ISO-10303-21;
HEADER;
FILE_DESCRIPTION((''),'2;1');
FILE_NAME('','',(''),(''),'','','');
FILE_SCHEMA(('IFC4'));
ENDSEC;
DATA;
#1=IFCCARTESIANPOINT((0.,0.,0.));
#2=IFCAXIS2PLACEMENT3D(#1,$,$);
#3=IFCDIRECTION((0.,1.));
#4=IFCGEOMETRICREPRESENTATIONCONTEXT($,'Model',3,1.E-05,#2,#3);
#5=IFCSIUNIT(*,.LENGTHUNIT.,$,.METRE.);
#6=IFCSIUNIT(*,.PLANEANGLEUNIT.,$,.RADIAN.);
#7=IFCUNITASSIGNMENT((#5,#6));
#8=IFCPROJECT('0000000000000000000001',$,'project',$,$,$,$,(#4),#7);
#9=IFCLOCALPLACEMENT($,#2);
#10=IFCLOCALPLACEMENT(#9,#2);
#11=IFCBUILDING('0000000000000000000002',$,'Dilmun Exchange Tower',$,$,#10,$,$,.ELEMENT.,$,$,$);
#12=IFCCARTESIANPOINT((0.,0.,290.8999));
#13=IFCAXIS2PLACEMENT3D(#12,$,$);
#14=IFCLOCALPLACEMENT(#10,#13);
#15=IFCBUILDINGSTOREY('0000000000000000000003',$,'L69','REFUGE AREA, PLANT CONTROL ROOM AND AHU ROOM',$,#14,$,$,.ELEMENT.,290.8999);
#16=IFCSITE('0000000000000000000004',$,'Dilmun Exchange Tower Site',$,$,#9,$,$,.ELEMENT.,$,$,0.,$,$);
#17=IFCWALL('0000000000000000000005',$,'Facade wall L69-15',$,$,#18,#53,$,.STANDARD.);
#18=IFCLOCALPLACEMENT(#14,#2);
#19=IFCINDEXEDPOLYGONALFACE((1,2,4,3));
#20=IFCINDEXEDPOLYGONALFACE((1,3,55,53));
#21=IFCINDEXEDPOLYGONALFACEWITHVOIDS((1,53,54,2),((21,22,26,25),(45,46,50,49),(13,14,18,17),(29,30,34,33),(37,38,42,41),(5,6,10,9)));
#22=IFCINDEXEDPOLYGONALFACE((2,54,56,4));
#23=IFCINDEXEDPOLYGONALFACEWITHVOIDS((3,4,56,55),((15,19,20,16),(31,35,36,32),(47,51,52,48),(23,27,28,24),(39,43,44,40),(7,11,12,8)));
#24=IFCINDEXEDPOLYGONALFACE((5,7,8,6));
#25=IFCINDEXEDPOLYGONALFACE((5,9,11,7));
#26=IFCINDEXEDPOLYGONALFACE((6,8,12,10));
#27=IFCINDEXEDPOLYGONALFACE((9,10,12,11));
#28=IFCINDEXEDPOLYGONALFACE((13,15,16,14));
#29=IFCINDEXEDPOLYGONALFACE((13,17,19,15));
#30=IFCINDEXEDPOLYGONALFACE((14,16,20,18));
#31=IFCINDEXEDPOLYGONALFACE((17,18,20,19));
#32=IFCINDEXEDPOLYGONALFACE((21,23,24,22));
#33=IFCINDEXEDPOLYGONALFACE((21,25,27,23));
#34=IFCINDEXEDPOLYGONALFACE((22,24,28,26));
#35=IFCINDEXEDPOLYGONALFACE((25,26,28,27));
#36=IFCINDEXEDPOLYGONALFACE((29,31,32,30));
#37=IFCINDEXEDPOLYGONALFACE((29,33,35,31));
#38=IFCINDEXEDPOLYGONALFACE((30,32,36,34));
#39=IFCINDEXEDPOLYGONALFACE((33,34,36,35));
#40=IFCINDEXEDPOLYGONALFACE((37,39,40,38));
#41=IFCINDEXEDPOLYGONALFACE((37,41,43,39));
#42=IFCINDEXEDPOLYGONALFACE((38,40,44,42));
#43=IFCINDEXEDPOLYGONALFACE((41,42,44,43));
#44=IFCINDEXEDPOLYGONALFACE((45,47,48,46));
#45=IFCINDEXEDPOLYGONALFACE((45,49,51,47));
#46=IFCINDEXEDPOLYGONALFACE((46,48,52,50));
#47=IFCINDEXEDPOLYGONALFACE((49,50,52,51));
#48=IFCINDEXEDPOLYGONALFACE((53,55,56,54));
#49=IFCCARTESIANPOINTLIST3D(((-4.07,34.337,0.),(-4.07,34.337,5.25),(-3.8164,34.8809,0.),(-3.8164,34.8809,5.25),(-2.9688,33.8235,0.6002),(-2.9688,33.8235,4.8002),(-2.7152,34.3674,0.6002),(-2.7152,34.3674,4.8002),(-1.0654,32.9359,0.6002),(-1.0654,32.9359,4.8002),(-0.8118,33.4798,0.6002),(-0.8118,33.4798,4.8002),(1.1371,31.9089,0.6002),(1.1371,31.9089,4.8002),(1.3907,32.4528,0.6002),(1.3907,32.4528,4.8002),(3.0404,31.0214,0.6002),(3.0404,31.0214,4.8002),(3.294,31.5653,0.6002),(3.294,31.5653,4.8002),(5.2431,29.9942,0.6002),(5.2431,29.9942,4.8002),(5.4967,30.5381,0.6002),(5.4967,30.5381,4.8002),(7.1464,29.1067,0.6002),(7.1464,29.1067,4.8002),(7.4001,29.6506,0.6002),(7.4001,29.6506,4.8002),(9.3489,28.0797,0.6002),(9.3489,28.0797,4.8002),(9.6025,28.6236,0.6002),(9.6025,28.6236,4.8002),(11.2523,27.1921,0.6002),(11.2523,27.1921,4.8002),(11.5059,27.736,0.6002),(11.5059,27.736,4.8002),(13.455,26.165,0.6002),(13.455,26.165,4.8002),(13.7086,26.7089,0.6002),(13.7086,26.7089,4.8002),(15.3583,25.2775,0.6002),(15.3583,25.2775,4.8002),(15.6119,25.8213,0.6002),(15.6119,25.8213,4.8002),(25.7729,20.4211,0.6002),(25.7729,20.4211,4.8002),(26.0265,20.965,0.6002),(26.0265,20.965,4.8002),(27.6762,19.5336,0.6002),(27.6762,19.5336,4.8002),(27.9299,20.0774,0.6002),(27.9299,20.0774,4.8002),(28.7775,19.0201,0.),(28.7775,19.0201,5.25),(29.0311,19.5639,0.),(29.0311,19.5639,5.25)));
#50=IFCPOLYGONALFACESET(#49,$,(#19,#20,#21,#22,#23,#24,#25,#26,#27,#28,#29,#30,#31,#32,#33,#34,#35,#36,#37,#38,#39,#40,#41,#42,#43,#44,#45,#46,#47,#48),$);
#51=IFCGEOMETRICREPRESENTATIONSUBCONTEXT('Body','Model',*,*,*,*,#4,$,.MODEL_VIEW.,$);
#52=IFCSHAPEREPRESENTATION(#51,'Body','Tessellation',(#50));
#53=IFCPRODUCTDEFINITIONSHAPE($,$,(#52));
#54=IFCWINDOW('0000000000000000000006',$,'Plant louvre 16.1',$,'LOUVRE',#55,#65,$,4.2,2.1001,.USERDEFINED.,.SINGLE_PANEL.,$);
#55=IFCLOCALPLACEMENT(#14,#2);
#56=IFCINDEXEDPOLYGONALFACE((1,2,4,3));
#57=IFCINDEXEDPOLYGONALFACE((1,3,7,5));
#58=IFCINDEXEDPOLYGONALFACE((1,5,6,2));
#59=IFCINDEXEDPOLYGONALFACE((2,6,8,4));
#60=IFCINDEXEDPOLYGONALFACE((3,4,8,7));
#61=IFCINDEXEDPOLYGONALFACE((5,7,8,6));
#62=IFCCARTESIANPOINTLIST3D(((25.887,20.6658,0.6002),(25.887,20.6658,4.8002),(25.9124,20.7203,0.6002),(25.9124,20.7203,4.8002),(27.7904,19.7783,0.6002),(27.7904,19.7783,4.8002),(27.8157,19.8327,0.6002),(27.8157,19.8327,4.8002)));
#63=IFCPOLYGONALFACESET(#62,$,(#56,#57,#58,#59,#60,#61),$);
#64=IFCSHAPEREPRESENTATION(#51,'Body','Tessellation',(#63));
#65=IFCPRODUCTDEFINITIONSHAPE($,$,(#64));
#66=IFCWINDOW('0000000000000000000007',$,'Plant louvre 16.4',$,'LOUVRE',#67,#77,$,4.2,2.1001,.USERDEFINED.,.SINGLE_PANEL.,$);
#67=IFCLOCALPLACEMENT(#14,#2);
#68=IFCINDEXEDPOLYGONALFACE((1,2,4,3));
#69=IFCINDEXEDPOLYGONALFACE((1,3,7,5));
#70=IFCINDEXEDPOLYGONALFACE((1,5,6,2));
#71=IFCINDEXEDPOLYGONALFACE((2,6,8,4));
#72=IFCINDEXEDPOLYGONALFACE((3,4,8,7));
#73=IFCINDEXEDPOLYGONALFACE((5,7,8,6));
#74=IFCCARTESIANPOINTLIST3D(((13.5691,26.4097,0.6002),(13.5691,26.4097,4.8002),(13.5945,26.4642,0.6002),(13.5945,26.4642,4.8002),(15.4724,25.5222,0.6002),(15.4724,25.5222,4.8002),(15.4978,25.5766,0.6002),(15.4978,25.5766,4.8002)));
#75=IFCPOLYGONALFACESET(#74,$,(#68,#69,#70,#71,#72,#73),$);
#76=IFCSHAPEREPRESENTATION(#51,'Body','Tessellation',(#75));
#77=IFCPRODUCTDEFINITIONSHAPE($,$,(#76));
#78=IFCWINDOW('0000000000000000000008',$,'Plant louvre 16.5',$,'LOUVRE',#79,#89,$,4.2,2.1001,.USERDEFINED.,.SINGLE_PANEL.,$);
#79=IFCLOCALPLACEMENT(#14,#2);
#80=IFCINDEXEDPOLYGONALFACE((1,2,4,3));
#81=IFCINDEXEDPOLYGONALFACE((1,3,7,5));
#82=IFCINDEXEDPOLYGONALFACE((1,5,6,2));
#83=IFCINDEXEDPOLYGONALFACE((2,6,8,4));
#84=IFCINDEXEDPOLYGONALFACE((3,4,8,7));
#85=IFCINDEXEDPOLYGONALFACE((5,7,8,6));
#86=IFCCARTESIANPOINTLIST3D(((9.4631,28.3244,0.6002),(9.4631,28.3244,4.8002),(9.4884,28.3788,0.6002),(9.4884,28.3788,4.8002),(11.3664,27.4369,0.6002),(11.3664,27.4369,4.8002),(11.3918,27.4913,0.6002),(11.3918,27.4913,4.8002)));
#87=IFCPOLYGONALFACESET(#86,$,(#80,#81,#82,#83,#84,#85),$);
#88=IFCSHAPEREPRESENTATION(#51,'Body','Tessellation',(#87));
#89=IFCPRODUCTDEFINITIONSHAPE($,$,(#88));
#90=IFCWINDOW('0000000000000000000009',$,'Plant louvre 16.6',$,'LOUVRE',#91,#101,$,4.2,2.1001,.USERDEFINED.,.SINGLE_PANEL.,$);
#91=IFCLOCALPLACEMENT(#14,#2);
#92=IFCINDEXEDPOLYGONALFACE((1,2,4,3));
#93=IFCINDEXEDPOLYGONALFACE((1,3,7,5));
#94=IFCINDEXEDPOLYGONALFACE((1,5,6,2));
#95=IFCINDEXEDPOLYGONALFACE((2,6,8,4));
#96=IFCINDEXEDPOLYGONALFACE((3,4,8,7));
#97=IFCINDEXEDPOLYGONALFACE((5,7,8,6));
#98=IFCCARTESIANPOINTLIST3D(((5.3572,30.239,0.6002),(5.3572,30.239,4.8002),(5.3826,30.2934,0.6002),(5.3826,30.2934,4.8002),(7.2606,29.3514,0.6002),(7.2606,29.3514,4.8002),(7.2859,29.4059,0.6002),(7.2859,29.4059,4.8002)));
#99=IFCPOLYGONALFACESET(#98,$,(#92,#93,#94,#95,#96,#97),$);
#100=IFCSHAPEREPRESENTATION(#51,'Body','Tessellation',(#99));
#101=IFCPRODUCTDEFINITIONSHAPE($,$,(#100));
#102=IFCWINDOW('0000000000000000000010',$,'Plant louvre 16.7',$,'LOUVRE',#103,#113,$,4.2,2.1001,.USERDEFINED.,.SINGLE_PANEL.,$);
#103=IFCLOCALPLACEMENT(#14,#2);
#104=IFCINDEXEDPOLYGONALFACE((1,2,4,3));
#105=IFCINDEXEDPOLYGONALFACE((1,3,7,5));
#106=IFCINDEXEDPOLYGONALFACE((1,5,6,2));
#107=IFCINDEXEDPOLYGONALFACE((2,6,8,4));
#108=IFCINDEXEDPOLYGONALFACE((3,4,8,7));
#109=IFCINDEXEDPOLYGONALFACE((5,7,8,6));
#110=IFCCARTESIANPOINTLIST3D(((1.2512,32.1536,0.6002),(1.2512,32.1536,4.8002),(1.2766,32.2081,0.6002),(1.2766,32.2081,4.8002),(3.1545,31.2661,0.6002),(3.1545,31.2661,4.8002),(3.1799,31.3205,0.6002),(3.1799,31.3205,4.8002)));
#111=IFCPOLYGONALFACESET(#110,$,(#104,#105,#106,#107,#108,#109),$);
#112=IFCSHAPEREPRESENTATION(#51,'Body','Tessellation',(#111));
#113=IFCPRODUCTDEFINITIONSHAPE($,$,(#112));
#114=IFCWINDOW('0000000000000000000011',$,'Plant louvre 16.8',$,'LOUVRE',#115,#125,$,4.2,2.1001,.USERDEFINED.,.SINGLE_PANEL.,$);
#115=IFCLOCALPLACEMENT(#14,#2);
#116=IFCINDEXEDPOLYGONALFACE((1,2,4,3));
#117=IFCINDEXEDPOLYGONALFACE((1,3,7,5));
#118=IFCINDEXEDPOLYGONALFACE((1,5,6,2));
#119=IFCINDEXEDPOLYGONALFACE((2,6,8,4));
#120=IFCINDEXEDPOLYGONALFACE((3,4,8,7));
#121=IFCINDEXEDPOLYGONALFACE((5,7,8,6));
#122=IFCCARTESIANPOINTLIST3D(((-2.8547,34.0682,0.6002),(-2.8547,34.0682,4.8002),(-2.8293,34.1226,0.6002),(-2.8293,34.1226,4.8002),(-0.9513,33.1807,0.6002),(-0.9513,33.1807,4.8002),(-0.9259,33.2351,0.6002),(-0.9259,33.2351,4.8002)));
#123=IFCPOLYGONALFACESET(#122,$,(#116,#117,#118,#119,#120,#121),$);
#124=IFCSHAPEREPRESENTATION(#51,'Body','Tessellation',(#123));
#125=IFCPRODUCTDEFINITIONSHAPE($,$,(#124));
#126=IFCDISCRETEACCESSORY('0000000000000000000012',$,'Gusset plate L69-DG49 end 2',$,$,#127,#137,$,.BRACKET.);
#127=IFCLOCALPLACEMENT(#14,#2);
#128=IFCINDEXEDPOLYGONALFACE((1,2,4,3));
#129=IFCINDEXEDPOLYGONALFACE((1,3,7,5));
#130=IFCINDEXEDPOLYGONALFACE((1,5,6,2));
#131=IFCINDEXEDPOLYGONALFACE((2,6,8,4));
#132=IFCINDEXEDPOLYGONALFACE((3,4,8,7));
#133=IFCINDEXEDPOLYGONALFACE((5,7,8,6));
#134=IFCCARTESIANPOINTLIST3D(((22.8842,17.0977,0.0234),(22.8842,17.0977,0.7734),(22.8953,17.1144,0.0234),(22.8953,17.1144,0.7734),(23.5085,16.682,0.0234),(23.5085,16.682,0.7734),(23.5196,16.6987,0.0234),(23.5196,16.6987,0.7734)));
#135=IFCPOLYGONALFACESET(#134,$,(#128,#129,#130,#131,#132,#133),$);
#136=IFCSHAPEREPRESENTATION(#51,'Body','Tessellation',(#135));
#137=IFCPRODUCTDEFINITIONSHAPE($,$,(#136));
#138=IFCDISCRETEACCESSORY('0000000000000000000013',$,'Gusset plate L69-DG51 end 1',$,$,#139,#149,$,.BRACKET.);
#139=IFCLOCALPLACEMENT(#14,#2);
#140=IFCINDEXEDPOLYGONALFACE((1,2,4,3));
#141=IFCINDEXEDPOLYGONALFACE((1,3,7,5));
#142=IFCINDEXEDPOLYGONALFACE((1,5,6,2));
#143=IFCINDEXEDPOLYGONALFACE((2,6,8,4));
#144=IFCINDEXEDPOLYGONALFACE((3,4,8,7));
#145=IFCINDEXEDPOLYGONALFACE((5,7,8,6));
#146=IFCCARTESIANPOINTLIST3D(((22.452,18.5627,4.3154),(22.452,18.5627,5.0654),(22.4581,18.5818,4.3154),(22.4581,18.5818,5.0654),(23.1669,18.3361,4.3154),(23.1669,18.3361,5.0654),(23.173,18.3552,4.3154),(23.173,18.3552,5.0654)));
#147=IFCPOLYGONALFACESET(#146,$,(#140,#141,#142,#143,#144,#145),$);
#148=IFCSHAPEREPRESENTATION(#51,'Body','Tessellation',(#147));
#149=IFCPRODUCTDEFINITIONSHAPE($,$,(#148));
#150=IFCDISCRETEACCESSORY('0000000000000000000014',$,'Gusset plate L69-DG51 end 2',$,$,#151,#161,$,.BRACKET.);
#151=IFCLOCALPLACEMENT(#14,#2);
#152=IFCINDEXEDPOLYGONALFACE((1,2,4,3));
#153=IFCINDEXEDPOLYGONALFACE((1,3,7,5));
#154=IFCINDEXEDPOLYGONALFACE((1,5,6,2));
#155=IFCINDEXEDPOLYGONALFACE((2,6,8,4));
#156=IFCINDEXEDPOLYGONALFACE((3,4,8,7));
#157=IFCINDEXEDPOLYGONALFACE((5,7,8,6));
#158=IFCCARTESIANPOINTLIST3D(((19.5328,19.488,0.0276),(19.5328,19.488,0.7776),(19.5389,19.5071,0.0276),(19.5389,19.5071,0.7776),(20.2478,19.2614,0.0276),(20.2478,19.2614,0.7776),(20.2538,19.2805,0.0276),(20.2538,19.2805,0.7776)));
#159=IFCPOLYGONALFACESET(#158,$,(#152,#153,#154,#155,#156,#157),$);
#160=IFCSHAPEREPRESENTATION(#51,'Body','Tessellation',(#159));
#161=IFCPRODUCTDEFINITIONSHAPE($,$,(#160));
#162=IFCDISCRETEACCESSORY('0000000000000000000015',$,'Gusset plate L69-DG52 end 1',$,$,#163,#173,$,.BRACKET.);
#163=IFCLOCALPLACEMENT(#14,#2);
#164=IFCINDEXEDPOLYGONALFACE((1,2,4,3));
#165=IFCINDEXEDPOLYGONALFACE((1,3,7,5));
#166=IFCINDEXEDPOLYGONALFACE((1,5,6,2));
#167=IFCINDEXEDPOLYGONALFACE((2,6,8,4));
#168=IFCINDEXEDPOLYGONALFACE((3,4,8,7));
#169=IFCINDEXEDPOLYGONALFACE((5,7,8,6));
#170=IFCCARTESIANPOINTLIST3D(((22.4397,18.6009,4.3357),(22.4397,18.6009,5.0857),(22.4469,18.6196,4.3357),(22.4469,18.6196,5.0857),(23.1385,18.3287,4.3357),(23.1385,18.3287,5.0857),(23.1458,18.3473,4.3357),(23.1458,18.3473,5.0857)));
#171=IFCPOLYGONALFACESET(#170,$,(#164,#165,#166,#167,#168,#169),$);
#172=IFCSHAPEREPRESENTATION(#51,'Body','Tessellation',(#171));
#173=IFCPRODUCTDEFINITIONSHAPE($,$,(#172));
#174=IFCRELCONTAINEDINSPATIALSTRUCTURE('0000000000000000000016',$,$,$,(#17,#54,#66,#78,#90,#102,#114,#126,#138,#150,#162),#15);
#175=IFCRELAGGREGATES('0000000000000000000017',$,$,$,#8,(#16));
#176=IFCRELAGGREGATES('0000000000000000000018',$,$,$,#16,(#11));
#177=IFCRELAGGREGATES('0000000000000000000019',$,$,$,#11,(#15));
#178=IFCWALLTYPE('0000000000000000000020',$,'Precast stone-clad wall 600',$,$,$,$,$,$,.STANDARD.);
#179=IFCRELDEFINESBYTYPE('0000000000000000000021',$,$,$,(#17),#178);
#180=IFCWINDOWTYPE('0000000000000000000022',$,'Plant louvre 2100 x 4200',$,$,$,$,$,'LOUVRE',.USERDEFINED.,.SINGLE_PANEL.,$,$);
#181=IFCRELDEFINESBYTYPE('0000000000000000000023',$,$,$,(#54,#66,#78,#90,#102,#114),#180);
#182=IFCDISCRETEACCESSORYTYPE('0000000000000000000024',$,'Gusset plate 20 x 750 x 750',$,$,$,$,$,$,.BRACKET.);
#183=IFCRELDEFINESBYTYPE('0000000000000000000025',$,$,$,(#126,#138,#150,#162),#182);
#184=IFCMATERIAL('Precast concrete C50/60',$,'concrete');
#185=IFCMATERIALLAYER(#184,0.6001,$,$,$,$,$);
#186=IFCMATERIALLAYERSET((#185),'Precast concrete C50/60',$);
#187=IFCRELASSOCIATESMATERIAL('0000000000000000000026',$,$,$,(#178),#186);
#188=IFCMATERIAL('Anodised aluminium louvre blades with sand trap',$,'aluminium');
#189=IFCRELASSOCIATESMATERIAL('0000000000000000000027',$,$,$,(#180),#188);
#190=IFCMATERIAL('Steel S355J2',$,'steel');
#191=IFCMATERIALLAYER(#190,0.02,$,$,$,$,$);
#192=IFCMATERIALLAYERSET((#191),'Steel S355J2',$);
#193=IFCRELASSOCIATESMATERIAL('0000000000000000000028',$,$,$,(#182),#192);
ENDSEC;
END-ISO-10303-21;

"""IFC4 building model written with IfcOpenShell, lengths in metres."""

from ifc_helpers import new_model, si_unit, direction, frame, frame_2d, origin, origin_2d, place, context, subcontext, project, spatial, rectangle, extrude, material, layer, layer_set, type_object, element, fill, save


model = new_model("IFC4")

# Units and contexts
model_context = context("Model", 3, precision=1e-05, world=origin(), true_north=direction((0.0, 1.0)))
body_context = subcontext(model_context, "Body", "Model", "MODEL_VIEW")
ifc_project = project(units=[si_unit("LENGTHUNIT", "METRE"), si_unit("PLANEANGLEUNIT", "RADIAN")], contexts=[model_context])

# Site, building, storey
site_placement = place(None, origin())
site = spatial("IfcSite", under=ifc_project, at=site_placement, Name="Dilmun Exchange Tower Site", CompositionType="ELEMENT", RefElevation=0.0)
building_placement = place(site_placement, origin())
building = spatial("IfcBuilding", under=site, at=building_placement, Name="Dilmun Exchange Tower", CompositionType="ELEMENT")
storey_placement = place(building_placement, frame((0.0, 0.0, 290.8999)))
storey = spatial("IfcBuildingStorey", under=building, at=storey_placement, Name="L69", Description="REFUGE AREA, PLANT CONTROL ROOM AND AHU ROOM", CompositionType="ELEMENT", Elevation=290.8999)

# Shared definitions
ifc_material_1 = material(Name="Precast concrete C50/60", Category="concrete")
ifc_layer_1 = layer(ifc_material_1, 0.6001)
ifc_layer_set_1 = layer_set([ifc_layer_1], Name="Precast concrete C50/60")
wall_type = type_object("IfcWallType", Name="Precast stone-clad wall 600", PredefinedType="STANDARD", material=ifc_layer_set_1)
ifc_material_2 = material(Name="Anodised aluminium louvre blades with sand trap", Category="aluminium")

# Wall, openings, windows
wall_1_placement = place(storey_placement, frame((28.9043, 19.292, 0.0), z_axis=(0.0, 0.0, 1.0), x_axis=(-0.906309, 0.422616, 0.0)))
wall_1 = element("IfcWall", 1, at=wall_1_placement, inside=storey, type_object=wall_type, Name="Facade wall L69-15", PredefinedType="STANDARD", context=body_context, shape_type="SweptSolid", body=[
    extrude(rectangle(XDim=36.2432, YDim=0.6001, at=frame_2d((18.1216, 0.0))), origin(), (0.0, 0.0, 1.0), 5.25),
])
opening_1_placement = place(wall_1_placement, frame((1.2151, 0.0, 0.6001)))
opening_1 = element("IfcOpeningElement", 2, at=opening_1_placement, cuts=wall_1, PredefinedType="OPENING", context=body_context, shape_type="SweptSolid", body=[
    extrude(rectangle(XDim=2.1001, YDim=4.2, at=frame_2d((1.05, 2.1001))), frame((0.0, 0.3101, 0.0), z_axis=(0.0, -1.0, 0.0), x_axis=(1.0, 0.0, 0.0)), (0.0, 0.0, 1.0), 0.6201),
])
opening_2_placement = place(wall_1_placement, frame((14.8064, 0.0, 0.6001)))
opening_2 = element("IfcOpeningElement", 3, at=opening_2_placement, cuts=wall_1, PredefinedType="OPENING", context=body_context, shape_type="SweptSolid", body=[
    extrude(rectangle(XDim=2.1001, YDim=4.2, at=frame_2d((1.05, 2.1001))), frame((0.0, 0.3101, 0.0), z_axis=(0.0, -1.0, 0.0), x_axis=(1.0, 0.0, 0.0)), (0.0, 0.0, 1.0), 0.6201),
])
opening_3_placement = place(wall_1_placement, frame((19.3369, 0.0, 0.6001)))
opening_3 = element("IfcOpeningElement", 4, at=opening_3_placement, cuts=wall_1, PredefinedType="OPENING", context=body_context, shape_type="SweptSolid", body=[
    extrude(rectangle(XDim=2.1001, YDim=4.2, at=frame_2d((1.05, 2.1001))), frame((0.0, 0.3101, 0.0), z_axis=(0.0, -1.0, 0.0), x_axis=(1.0, 0.0, 0.0)), (0.0, 0.0, 1.0), 0.6201),
])
opening_4_placement = place(wall_1_placement, frame((23.8672, 0.0, 0.6001)))
opening_4 = element("IfcOpeningElement", 5, at=opening_4_placement, cuts=wall_1, PredefinedType="OPENING", context=body_context, shape_type="SweptSolid", body=[
    extrude(rectangle(XDim=2.1001, YDim=4.2, at=frame_2d((1.05, 2.1001))), frame((0.0, 0.3101, 0.0), z_axis=(0.0, -1.0, 0.0), x_axis=(1.0, 0.0, 0.0)), (0.0, 0.0, 1.0), 0.6201),
])
opening_5_placement = place(wall_1_placement, frame((28.3977, 0.0, 0.6001)))
opening_5 = element("IfcOpeningElement", 6, at=opening_5_placement, cuts=wall_1, PredefinedType="OPENING", context=body_context, shape_type="SweptSolid", body=[
    extrude(rectangle(XDim=2.1001, YDim=4.2, at=frame_2d((1.05, 2.1001))), frame((0.0, 0.3101, 0.0), z_axis=(0.0, -1.0, 0.0), x_axis=(1.0, 0.0, 0.0)), (0.0, 0.0, 1.0), 0.6201),
])
opening_6_placement = place(wall_1_placement, frame((32.928, 0.0, 0.6001)))
opening_6 = element("IfcOpeningElement", 7, at=opening_6_placement, cuts=wall_1, PredefinedType="OPENING", context=body_context, shape_type="SweptSolid", body=[
    extrude(rectangle(XDim=2.1001, YDim=4.2, at=frame_2d((1.05, 2.1001))), frame((0.0, 0.3101, 0.0), z_axis=(0.0, -1.0, 0.0), x_axis=(1.0, 0.0, 0.0)), (0.0, 0.0, 1.0), 0.6201),
])
window_type_1 = type_object("IfcWindowType", Name="Plant louvre 2100 x 4200", ElementType="LOUVRE", PartitioningType="SINGLE_PANEL", PredefinedType="USERDEFINED", material=ifc_material_2)
window_1_placement = place(opening_1_placement, origin())
window_1 = element("IfcWindow", 8, at=window_1_placement, inside=storey, type_object=window_type_1, Name="Plant louvre 16.1", ObjectType="LOUVRE", OverallHeight=4.2, OverallWidth=2.1001, PartitioningType="SINGLE_PANEL", PredefinedType="USERDEFINED", context=body_context, shape_type="SweptSolid", body=[
    extrude(rectangle(XDim=2.1001, YDim=4.2, at=frame_2d((1.05, 2.1001))), frame((0.0, 0.03, 0.0), z_axis=(0.0, -1.0, 0.0), x_axis=(1.0, 0.0, 0.0)), (0.0, 0.0, 1.0), 0.0601),
])
fill(opening_1, window_1)
window_2_placement = place(opening_2_placement, origin())
window_2 = element("IfcWindow", 9, at=window_2_placement, inside=storey, type_object=window_type_1, Name="Plant louvre 16.4", ObjectType="LOUVRE", OverallHeight=4.2, OverallWidth=2.1001, PartitioningType="SINGLE_PANEL", PredefinedType="USERDEFINED", context=body_context, shape_type="SweptSolid", body=[
    extrude(rectangle(XDim=2.1001, YDim=4.2, at=frame_2d((1.05, 2.1001))), frame((0.0, 0.03, 0.0), z_axis=(0.0, -1.0, 0.0), x_axis=(1.0, 0.0, 0.0)), (0.0, 0.0, 1.0), 0.0601),
])
fill(opening_2, window_2)
window_3_placement = place(opening_3_placement, origin())
window_3 = element("IfcWindow", 10, at=window_3_placement, inside=storey, type_object=window_type_1, Name="Plant louvre 16.5", ObjectType="LOUVRE", OverallHeight=4.2, OverallWidth=2.1001, PartitioningType="SINGLE_PANEL", PredefinedType="USERDEFINED", context=body_context, shape_type="SweptSolid", body=[
    extrude(rectangle(XDim=2.1001, YDim=4.2, at=frame_2d((1.05, 2.1001))), frame((0.0, 0.03, 0.0), z_axis=(0.0, -1.0, 0.0), x_axis=(1.0, 0.0, 0.0)), (0.0, 0.0, 1.0), 0.0601),
])
fill(opening_3, window_3)
window_4_placement = place(opening_4_placement, origin())
window_4 = element("IfcWindow", 11, at=window_4_placement, inside=storey, type_object=window_type_1, Name="Plant louvre 16.6", ObjectType="LOUVRE", OverallHeight=4.2, OverallWidth=2.1001, PartitioningType="SINGLE_PANEL", PredefinedType="USERDEFINED", context=body_context, shape_type="SweptSolid", body=[
    extrude(rectangle(XDim=2.1001, YDim=4.2, at=frame_2d((1.05, 2.1001))), frame((0.0, 0.03, 0.0), z_axis=(0.0, -1.0, 0.0), x_axis=(1.0, 0.0, 0.0)), (0.0, 0.0, 1.0), 0.0601),
])
fill(opening_4, window_4)
window_5_placement = place(opening_5_placement, origin())
window_5 = element("IfcWindow", 12, at=window_5_placement, inside=storey, type_object=window_type_1, Name="Plant louvre 16.7", ObjectType="LOUVRE", OverallHeight=4.2, OverallWidth=2.1001, PartitioningType="SINGLE_PANEL", PredefinedType="USERDEFINED", context=body_context, shape_type="SweptSolid", body=[
    extrude(rectangle(XDim=2.1001, YDim=4.2, at=frame_2d((1.05, 2.1001))), frame((0.0, 0.03, 0.0), z_axis=(0.0, -1.0, 0.0), x_axis=(1.0, 0.0, 0.0)), (0.0, 0.0, 1.0), 0.0601),
])
fill(opening_5, window_5)
window_6_placement = place(opening_6_placement, origin())
window_6 = element("IfcWindow", 13, at=window_6_placement, inside=storey, type_object=window_type_1, Name="Plant louvre 16.8", ObjectType="LOUVRE", OverallHeight=4.2, OverallWidth=2.1001, PartitioningType="SINGLE_PANEL", PredefinedType="USERDEFINED", context=body_context, shape_type="SweptSolid", body=[
    extrude(rectangle(XDim=2.1001, YDim=4.2, at=frame_2d((1.05, 2.1001))), frame((0.0, 0.03, 0.0), z_axis=(0.0, -1.0, 0.0), x_axis=(1.0, 0.0, 0.0)), (0.0, 0.0, 1.0), 0.0601),
])
fill(opening_6, window_6)

# Discrete accessories
ifc_material_3 = material(Name="Steel S355J2", Category="steel")
ifc_layer_2 = layer(ifc_material_3, 0.02)
ifc_layer_set_2 = layer_set([ifc_layer_2], Name="Steel S355J2")
discrete_accessory_type = type_object("IfcDiscreteAccessoryType", Name="Gusset plate 20 x 750 x 750", PredefinedType="BRACKET", material=ifc_layer_set_2)
for number, where, z_axis, x_axis, name in (
    (14, (23.2019, 16.8982, 0.0234), (0.0, 0.0, 1.0), (-0.832345, 0.554258, 0.0), "Gusset plate L69-DG49 end 2"),
    (15, (22.8125, 18.459, 4.3154), (0.0, 0.0, 1.0), (-0.953261, 0.302147, 0.0), "Gusset plate L69-DG51 end 1"),
    (16, (19.8933, 19.3843, 0.0276), (0.0, 0.0, 1.0), (-0.953261, 0.302147, 0.0), "Gusset plate L69-DG51 end 2"),
    (17, (22.7927, 18.4741, 4.3357), (0.0, 0.0, 1.0), (-0.931776, 0.363033, 0.0), "Gusset plate L69-DG52 end 1"),
):
    element("IfcDiscreteAccessory", number, at=place(storey_placement, frame(where, z_axis=z_axis, x_axis=x_axis)), inside=storey, type_object=discrete_accessory_type, Name=name, PredefinedType="BRACKET", context=body_context, shape_type="SweptSolid", body=[
        extrude(rectangle(XDim=0.75, YDim=0.02, at=origin_2d()), origin(), (0.0, 0.0, 1.0), 0.75),
    ])

save(model, "model.ifc")
